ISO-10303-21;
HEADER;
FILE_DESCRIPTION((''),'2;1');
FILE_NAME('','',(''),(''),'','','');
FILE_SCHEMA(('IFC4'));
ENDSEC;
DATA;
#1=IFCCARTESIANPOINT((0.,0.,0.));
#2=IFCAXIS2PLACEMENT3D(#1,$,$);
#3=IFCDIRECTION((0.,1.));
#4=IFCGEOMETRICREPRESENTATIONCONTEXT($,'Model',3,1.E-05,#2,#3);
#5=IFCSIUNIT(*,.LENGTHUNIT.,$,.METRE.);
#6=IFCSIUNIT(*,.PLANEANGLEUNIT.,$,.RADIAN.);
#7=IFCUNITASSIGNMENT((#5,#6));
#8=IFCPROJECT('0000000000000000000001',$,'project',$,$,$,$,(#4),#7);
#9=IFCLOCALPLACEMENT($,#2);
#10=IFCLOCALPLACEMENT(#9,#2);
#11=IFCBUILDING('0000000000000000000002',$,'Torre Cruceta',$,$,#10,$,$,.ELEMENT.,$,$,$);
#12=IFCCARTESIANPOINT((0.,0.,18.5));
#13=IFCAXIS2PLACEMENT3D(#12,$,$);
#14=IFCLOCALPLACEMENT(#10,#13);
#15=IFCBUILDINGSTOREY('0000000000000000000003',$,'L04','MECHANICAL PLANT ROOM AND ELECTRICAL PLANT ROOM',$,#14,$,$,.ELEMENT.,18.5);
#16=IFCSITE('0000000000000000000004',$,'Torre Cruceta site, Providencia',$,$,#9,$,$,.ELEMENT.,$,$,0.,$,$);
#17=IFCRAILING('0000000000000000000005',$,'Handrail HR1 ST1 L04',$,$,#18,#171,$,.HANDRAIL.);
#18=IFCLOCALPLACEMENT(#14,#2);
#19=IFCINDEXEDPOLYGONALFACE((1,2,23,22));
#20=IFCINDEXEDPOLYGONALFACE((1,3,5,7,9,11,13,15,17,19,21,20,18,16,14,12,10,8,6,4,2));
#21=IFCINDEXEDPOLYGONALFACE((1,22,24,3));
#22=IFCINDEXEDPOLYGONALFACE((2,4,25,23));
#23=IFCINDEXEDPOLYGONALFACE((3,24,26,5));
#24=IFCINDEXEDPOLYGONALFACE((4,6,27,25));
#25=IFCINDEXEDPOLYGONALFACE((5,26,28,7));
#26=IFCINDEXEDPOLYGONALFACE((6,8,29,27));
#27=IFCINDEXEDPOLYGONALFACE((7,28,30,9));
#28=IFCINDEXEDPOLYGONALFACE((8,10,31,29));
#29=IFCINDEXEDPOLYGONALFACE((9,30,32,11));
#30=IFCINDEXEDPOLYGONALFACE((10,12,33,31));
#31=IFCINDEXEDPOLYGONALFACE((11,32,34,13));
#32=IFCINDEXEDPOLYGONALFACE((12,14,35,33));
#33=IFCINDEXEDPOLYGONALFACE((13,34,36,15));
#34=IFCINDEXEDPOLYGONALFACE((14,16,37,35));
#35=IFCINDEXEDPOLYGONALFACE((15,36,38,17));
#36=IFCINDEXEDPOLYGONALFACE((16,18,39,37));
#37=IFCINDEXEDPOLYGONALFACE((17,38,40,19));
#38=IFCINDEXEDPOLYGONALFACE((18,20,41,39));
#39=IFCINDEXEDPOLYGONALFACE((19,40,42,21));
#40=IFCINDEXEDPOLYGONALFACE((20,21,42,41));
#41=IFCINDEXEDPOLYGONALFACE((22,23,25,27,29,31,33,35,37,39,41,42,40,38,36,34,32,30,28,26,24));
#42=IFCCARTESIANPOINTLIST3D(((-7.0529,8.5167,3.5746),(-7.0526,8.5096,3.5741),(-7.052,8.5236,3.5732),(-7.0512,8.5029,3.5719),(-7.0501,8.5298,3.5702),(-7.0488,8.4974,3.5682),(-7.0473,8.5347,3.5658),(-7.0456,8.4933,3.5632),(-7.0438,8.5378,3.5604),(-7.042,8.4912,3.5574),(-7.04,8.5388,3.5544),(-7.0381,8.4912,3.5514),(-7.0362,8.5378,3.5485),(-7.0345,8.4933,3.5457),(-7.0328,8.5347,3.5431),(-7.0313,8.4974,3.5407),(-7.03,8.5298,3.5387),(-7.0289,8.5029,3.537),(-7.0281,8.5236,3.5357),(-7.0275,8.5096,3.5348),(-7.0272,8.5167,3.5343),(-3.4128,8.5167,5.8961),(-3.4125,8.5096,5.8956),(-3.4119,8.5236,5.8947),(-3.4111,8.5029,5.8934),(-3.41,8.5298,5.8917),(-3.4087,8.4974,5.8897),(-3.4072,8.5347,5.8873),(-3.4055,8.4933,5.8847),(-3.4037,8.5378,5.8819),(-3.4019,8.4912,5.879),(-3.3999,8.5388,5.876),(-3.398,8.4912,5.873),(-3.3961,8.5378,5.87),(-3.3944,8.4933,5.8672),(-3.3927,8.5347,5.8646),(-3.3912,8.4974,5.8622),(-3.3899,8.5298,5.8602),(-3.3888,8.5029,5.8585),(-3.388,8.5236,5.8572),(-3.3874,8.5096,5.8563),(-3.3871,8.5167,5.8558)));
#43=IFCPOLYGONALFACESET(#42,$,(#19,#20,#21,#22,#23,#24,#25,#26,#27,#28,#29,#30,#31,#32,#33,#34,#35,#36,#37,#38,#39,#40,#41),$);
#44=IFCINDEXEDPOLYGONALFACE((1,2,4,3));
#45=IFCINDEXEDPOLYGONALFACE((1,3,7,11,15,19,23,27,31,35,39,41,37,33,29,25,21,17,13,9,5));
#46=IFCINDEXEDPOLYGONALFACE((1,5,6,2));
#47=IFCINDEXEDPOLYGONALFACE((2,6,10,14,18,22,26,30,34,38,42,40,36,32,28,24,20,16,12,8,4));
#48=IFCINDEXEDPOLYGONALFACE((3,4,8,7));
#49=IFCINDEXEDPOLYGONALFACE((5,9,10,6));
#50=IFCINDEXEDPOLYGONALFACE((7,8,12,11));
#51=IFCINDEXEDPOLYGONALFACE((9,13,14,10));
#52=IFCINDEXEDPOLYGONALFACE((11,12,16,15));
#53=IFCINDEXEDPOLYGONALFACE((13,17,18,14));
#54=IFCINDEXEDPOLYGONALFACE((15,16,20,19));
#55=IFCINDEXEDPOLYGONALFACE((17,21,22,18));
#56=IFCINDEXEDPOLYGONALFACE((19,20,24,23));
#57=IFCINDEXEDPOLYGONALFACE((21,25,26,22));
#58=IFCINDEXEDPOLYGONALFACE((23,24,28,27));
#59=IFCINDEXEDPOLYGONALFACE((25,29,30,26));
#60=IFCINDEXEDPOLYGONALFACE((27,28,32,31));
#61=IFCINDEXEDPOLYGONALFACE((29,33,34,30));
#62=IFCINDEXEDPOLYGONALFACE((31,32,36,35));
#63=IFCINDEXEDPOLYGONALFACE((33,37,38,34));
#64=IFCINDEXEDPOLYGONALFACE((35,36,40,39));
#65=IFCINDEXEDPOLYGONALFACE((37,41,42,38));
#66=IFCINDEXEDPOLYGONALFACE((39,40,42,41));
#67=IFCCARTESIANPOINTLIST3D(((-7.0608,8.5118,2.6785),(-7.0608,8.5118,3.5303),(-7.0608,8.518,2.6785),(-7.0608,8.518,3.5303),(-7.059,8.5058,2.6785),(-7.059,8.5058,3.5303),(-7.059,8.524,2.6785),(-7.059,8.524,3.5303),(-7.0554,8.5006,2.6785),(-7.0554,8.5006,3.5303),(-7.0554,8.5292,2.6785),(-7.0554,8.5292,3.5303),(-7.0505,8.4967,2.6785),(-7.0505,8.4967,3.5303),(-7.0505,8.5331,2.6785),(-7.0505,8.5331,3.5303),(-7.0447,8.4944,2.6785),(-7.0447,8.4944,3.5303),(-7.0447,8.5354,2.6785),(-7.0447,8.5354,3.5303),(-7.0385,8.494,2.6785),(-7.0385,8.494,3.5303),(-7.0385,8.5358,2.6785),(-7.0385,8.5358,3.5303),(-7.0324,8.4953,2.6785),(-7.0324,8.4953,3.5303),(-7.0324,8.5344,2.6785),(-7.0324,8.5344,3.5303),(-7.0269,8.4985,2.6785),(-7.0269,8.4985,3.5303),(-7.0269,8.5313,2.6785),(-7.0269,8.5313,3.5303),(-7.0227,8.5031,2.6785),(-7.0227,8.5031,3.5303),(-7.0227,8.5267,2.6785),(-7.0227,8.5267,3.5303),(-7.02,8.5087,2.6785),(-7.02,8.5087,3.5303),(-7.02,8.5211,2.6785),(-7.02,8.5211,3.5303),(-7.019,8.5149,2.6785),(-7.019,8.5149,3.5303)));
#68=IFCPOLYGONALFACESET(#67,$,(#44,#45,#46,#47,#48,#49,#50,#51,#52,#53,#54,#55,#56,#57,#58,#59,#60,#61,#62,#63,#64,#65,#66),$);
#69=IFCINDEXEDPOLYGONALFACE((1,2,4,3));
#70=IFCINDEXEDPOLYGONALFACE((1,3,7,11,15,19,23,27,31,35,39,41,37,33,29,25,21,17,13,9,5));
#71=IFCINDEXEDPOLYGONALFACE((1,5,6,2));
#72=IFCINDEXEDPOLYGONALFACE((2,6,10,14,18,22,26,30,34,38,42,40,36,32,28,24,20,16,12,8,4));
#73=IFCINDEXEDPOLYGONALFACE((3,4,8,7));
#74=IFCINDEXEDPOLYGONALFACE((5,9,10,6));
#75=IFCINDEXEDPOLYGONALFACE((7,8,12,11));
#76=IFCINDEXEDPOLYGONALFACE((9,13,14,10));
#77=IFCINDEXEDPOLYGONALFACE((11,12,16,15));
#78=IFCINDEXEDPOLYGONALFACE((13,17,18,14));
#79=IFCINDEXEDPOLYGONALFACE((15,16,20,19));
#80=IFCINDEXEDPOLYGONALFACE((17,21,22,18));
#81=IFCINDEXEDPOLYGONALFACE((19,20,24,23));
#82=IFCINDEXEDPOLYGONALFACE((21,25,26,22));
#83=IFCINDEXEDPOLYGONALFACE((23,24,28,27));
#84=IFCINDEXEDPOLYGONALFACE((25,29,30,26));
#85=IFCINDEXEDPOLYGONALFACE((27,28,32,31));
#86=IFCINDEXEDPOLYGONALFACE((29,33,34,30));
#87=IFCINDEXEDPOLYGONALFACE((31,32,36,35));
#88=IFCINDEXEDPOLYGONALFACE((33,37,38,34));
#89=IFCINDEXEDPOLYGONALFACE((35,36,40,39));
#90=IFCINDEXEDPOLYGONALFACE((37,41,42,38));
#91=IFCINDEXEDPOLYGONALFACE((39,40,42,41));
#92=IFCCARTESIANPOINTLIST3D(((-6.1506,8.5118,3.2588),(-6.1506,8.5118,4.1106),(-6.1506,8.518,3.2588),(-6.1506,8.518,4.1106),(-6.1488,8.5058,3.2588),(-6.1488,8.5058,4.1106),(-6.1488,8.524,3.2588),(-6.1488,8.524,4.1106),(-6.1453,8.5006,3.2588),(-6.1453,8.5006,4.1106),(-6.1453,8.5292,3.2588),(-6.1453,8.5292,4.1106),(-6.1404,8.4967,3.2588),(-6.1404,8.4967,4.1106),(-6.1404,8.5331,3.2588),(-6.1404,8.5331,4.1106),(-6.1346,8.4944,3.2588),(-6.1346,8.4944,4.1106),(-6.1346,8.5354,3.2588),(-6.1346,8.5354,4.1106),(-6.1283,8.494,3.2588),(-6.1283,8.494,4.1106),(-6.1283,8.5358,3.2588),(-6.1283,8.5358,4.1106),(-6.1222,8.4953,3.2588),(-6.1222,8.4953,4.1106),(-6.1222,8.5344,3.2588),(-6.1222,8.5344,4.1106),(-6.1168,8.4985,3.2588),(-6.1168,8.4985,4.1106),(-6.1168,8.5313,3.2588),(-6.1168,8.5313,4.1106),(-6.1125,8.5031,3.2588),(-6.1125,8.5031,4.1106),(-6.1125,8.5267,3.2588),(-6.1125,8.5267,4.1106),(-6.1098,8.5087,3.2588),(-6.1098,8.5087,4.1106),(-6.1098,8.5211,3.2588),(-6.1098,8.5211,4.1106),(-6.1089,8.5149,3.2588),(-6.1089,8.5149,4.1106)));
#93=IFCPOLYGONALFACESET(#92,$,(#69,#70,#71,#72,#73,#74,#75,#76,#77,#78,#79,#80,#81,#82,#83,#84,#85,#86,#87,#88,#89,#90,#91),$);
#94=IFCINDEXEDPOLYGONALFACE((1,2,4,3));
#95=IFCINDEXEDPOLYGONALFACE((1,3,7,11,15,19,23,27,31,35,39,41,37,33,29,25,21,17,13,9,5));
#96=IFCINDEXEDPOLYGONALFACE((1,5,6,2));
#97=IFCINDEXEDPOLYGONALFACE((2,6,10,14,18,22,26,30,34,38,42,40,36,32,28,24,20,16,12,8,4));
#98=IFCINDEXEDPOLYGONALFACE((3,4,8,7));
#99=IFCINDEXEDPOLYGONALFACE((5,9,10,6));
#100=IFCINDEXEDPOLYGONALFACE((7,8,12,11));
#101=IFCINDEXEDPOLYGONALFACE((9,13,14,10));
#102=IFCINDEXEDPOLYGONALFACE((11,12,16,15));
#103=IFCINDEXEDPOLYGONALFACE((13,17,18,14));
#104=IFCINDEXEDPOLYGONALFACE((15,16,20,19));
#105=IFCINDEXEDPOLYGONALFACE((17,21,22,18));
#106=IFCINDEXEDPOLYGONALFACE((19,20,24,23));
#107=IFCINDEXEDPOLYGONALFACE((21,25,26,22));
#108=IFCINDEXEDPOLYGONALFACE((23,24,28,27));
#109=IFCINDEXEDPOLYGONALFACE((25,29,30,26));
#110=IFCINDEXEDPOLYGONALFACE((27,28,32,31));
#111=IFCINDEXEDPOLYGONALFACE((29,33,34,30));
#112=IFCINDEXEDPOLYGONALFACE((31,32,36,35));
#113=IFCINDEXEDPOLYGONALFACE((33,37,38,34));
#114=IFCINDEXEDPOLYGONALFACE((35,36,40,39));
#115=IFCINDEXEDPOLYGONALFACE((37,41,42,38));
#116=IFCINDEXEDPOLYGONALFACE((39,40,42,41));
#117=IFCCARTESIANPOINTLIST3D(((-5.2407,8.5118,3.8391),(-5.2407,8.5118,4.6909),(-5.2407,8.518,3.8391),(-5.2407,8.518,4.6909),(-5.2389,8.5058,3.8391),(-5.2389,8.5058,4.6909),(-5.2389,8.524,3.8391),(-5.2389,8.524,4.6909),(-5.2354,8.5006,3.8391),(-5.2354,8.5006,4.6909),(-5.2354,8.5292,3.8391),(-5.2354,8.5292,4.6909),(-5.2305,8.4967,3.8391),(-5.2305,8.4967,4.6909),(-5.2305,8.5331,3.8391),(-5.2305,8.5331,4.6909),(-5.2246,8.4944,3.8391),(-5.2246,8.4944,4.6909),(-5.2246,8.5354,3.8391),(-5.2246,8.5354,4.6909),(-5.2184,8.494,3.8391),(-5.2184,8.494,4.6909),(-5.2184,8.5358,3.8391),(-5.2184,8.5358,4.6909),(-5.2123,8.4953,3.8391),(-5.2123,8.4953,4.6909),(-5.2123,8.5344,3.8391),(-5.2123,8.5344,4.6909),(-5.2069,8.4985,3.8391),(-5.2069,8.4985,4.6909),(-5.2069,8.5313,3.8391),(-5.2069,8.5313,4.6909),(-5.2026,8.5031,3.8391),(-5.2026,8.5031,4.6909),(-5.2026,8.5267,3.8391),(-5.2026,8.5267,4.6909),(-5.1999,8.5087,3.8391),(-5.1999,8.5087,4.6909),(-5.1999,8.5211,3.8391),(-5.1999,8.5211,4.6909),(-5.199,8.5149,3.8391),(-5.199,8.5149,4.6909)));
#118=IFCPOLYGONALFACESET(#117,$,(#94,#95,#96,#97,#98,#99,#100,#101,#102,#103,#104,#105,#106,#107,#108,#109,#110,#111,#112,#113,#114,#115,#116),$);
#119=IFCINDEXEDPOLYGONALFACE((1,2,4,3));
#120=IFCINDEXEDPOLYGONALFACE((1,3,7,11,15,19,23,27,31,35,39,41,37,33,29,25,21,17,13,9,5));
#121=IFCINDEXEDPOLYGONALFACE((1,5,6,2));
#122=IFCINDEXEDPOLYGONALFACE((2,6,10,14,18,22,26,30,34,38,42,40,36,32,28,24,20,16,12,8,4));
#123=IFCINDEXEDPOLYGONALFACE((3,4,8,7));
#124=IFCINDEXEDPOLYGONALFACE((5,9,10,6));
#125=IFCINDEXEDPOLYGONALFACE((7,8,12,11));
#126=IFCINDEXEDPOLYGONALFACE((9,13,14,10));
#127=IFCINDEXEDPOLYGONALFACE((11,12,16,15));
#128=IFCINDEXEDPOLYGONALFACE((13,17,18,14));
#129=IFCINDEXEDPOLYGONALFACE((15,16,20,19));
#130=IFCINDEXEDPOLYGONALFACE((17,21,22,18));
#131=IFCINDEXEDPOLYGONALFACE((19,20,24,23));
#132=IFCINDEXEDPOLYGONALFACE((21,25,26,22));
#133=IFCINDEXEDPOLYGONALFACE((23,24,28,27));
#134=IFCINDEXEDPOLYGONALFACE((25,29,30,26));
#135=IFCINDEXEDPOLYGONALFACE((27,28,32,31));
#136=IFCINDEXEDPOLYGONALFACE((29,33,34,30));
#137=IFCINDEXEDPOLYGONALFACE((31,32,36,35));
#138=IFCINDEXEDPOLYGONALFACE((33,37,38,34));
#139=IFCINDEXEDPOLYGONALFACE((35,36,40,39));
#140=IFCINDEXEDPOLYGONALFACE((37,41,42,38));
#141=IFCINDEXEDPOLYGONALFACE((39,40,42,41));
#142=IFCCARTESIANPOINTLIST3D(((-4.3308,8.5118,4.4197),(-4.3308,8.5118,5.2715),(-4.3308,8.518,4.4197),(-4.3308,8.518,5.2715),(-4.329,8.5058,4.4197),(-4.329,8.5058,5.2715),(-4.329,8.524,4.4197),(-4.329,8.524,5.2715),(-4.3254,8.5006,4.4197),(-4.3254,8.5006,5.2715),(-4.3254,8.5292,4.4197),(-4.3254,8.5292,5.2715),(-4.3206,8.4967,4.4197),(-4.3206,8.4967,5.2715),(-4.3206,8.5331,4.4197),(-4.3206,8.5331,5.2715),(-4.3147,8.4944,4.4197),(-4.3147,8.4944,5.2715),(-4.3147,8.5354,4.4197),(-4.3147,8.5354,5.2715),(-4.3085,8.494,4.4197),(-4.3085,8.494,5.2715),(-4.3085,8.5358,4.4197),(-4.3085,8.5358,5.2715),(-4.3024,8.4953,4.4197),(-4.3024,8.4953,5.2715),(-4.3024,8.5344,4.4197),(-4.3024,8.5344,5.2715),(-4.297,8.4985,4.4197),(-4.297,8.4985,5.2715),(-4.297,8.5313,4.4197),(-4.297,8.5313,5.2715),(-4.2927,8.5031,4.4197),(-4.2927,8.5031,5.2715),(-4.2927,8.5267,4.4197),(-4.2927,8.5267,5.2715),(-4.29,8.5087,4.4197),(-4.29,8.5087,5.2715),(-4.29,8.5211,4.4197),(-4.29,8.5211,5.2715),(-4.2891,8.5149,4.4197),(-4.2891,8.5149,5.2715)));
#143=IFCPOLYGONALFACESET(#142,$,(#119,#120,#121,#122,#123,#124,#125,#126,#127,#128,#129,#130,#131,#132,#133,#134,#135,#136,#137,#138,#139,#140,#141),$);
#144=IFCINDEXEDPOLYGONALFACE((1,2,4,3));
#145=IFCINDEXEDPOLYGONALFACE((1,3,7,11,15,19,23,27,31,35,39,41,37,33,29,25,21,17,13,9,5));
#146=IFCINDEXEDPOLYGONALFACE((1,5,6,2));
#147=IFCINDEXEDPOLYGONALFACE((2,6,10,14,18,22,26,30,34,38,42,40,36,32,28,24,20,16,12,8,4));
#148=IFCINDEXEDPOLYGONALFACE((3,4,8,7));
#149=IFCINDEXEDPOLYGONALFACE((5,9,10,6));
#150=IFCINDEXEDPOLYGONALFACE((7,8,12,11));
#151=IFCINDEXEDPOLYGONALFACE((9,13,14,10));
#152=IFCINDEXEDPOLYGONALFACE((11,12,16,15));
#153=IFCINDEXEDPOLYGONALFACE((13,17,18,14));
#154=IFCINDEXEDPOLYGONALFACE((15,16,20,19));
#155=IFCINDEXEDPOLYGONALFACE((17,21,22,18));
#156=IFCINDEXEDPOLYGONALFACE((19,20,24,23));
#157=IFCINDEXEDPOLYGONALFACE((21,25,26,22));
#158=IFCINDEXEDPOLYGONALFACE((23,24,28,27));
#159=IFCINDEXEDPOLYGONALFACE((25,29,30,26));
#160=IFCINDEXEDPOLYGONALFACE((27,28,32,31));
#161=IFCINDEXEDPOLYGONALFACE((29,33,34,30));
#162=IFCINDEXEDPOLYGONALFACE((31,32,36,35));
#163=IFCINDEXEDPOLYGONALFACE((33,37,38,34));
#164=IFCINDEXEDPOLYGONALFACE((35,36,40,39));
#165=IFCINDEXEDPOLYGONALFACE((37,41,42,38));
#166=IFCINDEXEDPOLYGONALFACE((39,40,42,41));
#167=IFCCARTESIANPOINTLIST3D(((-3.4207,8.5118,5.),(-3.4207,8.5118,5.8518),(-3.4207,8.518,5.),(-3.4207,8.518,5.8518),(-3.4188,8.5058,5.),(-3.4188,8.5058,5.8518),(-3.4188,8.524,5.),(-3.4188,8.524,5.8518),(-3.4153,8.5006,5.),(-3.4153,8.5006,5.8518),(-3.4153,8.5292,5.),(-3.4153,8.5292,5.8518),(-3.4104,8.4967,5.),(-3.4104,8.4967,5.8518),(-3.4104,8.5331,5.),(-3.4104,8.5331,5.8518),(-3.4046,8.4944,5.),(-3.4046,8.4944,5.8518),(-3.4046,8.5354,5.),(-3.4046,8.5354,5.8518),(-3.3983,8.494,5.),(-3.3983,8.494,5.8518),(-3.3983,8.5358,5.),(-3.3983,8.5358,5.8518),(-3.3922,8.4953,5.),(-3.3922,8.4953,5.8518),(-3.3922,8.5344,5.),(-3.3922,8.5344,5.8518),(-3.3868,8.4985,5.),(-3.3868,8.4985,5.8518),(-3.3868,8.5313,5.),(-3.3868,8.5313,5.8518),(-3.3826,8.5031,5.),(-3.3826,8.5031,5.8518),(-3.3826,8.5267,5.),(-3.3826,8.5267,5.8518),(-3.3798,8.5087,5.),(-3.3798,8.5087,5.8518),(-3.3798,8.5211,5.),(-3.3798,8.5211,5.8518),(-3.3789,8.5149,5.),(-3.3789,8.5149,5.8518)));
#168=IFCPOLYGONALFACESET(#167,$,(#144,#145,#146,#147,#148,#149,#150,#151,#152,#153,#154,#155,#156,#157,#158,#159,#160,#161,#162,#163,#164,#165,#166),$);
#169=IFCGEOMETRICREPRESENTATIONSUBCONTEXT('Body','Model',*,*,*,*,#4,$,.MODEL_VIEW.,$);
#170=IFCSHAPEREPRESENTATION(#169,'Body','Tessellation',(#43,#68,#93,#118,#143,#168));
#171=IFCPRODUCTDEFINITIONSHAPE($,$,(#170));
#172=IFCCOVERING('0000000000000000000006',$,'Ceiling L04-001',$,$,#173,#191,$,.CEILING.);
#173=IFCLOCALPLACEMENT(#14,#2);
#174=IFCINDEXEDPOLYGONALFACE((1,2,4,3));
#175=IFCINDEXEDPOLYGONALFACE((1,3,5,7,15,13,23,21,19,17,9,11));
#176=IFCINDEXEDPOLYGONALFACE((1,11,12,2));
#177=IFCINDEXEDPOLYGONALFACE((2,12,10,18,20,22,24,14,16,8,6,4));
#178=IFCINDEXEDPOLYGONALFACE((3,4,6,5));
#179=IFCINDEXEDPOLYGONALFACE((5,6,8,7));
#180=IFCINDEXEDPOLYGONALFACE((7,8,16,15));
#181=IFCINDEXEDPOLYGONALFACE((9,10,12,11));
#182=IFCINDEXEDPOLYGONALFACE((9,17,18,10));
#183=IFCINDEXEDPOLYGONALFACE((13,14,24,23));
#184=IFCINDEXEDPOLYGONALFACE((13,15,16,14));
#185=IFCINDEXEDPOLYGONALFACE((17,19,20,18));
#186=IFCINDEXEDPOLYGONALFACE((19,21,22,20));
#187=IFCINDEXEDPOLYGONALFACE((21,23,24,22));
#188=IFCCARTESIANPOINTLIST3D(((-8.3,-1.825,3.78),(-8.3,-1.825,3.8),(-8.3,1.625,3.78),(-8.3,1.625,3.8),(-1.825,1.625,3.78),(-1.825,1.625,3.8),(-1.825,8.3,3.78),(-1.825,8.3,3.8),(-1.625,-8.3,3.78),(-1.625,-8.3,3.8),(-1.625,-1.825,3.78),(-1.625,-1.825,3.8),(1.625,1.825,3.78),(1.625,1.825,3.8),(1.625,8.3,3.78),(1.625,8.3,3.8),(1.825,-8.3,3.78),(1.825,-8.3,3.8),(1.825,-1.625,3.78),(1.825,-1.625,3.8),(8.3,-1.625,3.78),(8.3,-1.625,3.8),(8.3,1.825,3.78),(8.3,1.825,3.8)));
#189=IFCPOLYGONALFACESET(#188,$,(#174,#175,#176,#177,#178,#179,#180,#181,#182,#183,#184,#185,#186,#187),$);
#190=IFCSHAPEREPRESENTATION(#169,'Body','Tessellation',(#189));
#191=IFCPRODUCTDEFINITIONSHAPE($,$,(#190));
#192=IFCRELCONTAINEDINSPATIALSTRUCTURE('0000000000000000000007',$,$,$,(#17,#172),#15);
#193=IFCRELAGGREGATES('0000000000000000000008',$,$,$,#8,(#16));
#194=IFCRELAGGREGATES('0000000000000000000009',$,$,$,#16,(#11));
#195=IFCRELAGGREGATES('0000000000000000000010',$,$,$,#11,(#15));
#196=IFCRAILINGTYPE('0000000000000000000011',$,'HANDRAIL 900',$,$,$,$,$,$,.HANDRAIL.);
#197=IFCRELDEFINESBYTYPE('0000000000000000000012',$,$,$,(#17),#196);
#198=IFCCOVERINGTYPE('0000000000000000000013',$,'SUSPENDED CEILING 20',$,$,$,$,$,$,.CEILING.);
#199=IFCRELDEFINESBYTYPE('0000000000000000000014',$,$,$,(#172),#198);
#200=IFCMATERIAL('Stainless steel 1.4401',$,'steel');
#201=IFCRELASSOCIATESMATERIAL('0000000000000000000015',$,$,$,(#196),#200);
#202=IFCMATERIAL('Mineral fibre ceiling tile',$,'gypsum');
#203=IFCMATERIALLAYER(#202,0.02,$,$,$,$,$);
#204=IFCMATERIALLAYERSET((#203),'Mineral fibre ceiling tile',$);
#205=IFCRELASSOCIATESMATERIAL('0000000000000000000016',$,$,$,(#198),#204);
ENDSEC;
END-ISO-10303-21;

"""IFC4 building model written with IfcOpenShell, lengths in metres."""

from ifc_helpers import new_model, si_unit, direction, frame, origin, origin_2d, place, context, subcontext, project, spatial, polyline, circle, outline, extrude, material, layer, layer_set, type_object, element, save


model = new_model("IFC4")

# Units and contexts
model_context = context("Model", 3, precision=1e-05, world=origin(), true_north=direction((0.0, 1.0)))
body_context = subcontext(model_context, "Body", "Model", "MODEL_VIEW")
ifc_project = project(units=[si_unit("LENGTHUNIT", "METRE"), si_unit("PLANEANGLEUNIT", "RADIAN")], contexts=[model_context])

# Site, building, storey
site_placement = place(None, origin())
site = spatial("IfcSite", under=ifc_project, at=site_placement, Name="Torre Cruceta site, Providencia", CompositionType="ELEMENT", RefElevation=0.0)
building_placement = place(site_placement, origin())
building = spatial("IfcBuilding", under=site, at=building_placement, Name="Torre Cruceta", CompositionType="ELEMENT")
storey_placement = place(building_placement, frame((0.0, 0.0, 18.5)))
storey = spatial("IfcBuildingStorey", under=building, at=storey_placement, Name="L04", Description="MECHANICAL PLANT ROOM AND ELECTRICAL PLANT ROOM", CompositionType="ELEMENT", Elevation=18.5)

# Railing
ifc_material_1 = material(Name="Stainless steel 1.4401", Category="steel")
railing_type = type_object("IfcRailingType", Name="HANDRAIL 900", PredefinedType="HANDRAIL", material=ifc_material_1)
railing_1_placement = place(storey_placement, frame((-7.04, 8.5149, 2.6785)))
element("IfcRailing", 1, at=railing_1_placement, inside=storey, type_object=railing_type, Name="Handrail HR1 ST1 L04", PredefinedType="HANDRAIL", context=body_context, shape_type="SweptSolid", body=[
    extrude(circle(Radius=0.0239, at=origin_2d()), frame((0.0, 0.0, 0.876), z_axis=(0.843128, 0.0, 0.537713), x_axis=(0.0, 1.0, 0.0)), (0.0, 0.0, 1.0), 4.3174),
    extrude(circle(Radius=0.021, at=origin_2d()), origin(), (0.0, 0.0, 1.0), 0.8518),
    extrude(circle(Radius=0.021, at=origin_2d()), frame((0.9102, 0.0, 0.5803)), (0.0, 0.0, 1.0), 0.8518),
    extrude(circle(Radius=0.021, at=origin_2d()), frame((1.8201, 0.0, 1.1606)), (0.0, 0.0, 1.0), 0.8518),
    extrude(circle(Radius=0.021, at=origin_2d()), frame((2.73, 0.0, 1.7412)), (0.0, 0.0, 1.0), 0.8518),
    extrude(circle(Radius=0.021, at=origin_2d()), frame((3.6401, 0.0, 2.3215)), (0.0, 0.0, 1.0), 0.8518),
])

# Covering
ifc_material_2 = material(Name="Mineral fibre ceiling tile", Category="gypsum")
ifc_layer_1 = layer(ifc_material_2, 0.02)
ifc_layer_set_1 = layer_set([ifc_layer_1], Name="Mineral fibre ceiling tile")
covering_type = type_object("IfcCoveringType", Name="SUSPENDED CEILING 20", PredefinedType="CEILING", material=ifc_layer_set_1)
covering_placement = place(storey_placement, frame((0.0, 0.0, 3.78)))
element("IfcCovering", 2, at=covering_placement, inside=storey, type_object=covering_type, Name="Ceiling L04-001", PredefinedType="CEILING", context=body_context, shape_type="SweptSolid", body=[
    extrude(outline(polyline([(-1.625, -8.3), (-1.625, -1.825), (-8.3, -1.825), (-8.3, 1.625), (-1.825, 1.625), (-1.825, 8.3), (1.625, 8.3), (1.625, 1.825), (8.3, 1.825), (8.3, -1.625), (1.825, -1.625), (1.825, -8.3), (-1.625, -8.3)])), origin(), (0.0, 0.0, 1.0), 0.02),
])

save(model, "model.ifc")
